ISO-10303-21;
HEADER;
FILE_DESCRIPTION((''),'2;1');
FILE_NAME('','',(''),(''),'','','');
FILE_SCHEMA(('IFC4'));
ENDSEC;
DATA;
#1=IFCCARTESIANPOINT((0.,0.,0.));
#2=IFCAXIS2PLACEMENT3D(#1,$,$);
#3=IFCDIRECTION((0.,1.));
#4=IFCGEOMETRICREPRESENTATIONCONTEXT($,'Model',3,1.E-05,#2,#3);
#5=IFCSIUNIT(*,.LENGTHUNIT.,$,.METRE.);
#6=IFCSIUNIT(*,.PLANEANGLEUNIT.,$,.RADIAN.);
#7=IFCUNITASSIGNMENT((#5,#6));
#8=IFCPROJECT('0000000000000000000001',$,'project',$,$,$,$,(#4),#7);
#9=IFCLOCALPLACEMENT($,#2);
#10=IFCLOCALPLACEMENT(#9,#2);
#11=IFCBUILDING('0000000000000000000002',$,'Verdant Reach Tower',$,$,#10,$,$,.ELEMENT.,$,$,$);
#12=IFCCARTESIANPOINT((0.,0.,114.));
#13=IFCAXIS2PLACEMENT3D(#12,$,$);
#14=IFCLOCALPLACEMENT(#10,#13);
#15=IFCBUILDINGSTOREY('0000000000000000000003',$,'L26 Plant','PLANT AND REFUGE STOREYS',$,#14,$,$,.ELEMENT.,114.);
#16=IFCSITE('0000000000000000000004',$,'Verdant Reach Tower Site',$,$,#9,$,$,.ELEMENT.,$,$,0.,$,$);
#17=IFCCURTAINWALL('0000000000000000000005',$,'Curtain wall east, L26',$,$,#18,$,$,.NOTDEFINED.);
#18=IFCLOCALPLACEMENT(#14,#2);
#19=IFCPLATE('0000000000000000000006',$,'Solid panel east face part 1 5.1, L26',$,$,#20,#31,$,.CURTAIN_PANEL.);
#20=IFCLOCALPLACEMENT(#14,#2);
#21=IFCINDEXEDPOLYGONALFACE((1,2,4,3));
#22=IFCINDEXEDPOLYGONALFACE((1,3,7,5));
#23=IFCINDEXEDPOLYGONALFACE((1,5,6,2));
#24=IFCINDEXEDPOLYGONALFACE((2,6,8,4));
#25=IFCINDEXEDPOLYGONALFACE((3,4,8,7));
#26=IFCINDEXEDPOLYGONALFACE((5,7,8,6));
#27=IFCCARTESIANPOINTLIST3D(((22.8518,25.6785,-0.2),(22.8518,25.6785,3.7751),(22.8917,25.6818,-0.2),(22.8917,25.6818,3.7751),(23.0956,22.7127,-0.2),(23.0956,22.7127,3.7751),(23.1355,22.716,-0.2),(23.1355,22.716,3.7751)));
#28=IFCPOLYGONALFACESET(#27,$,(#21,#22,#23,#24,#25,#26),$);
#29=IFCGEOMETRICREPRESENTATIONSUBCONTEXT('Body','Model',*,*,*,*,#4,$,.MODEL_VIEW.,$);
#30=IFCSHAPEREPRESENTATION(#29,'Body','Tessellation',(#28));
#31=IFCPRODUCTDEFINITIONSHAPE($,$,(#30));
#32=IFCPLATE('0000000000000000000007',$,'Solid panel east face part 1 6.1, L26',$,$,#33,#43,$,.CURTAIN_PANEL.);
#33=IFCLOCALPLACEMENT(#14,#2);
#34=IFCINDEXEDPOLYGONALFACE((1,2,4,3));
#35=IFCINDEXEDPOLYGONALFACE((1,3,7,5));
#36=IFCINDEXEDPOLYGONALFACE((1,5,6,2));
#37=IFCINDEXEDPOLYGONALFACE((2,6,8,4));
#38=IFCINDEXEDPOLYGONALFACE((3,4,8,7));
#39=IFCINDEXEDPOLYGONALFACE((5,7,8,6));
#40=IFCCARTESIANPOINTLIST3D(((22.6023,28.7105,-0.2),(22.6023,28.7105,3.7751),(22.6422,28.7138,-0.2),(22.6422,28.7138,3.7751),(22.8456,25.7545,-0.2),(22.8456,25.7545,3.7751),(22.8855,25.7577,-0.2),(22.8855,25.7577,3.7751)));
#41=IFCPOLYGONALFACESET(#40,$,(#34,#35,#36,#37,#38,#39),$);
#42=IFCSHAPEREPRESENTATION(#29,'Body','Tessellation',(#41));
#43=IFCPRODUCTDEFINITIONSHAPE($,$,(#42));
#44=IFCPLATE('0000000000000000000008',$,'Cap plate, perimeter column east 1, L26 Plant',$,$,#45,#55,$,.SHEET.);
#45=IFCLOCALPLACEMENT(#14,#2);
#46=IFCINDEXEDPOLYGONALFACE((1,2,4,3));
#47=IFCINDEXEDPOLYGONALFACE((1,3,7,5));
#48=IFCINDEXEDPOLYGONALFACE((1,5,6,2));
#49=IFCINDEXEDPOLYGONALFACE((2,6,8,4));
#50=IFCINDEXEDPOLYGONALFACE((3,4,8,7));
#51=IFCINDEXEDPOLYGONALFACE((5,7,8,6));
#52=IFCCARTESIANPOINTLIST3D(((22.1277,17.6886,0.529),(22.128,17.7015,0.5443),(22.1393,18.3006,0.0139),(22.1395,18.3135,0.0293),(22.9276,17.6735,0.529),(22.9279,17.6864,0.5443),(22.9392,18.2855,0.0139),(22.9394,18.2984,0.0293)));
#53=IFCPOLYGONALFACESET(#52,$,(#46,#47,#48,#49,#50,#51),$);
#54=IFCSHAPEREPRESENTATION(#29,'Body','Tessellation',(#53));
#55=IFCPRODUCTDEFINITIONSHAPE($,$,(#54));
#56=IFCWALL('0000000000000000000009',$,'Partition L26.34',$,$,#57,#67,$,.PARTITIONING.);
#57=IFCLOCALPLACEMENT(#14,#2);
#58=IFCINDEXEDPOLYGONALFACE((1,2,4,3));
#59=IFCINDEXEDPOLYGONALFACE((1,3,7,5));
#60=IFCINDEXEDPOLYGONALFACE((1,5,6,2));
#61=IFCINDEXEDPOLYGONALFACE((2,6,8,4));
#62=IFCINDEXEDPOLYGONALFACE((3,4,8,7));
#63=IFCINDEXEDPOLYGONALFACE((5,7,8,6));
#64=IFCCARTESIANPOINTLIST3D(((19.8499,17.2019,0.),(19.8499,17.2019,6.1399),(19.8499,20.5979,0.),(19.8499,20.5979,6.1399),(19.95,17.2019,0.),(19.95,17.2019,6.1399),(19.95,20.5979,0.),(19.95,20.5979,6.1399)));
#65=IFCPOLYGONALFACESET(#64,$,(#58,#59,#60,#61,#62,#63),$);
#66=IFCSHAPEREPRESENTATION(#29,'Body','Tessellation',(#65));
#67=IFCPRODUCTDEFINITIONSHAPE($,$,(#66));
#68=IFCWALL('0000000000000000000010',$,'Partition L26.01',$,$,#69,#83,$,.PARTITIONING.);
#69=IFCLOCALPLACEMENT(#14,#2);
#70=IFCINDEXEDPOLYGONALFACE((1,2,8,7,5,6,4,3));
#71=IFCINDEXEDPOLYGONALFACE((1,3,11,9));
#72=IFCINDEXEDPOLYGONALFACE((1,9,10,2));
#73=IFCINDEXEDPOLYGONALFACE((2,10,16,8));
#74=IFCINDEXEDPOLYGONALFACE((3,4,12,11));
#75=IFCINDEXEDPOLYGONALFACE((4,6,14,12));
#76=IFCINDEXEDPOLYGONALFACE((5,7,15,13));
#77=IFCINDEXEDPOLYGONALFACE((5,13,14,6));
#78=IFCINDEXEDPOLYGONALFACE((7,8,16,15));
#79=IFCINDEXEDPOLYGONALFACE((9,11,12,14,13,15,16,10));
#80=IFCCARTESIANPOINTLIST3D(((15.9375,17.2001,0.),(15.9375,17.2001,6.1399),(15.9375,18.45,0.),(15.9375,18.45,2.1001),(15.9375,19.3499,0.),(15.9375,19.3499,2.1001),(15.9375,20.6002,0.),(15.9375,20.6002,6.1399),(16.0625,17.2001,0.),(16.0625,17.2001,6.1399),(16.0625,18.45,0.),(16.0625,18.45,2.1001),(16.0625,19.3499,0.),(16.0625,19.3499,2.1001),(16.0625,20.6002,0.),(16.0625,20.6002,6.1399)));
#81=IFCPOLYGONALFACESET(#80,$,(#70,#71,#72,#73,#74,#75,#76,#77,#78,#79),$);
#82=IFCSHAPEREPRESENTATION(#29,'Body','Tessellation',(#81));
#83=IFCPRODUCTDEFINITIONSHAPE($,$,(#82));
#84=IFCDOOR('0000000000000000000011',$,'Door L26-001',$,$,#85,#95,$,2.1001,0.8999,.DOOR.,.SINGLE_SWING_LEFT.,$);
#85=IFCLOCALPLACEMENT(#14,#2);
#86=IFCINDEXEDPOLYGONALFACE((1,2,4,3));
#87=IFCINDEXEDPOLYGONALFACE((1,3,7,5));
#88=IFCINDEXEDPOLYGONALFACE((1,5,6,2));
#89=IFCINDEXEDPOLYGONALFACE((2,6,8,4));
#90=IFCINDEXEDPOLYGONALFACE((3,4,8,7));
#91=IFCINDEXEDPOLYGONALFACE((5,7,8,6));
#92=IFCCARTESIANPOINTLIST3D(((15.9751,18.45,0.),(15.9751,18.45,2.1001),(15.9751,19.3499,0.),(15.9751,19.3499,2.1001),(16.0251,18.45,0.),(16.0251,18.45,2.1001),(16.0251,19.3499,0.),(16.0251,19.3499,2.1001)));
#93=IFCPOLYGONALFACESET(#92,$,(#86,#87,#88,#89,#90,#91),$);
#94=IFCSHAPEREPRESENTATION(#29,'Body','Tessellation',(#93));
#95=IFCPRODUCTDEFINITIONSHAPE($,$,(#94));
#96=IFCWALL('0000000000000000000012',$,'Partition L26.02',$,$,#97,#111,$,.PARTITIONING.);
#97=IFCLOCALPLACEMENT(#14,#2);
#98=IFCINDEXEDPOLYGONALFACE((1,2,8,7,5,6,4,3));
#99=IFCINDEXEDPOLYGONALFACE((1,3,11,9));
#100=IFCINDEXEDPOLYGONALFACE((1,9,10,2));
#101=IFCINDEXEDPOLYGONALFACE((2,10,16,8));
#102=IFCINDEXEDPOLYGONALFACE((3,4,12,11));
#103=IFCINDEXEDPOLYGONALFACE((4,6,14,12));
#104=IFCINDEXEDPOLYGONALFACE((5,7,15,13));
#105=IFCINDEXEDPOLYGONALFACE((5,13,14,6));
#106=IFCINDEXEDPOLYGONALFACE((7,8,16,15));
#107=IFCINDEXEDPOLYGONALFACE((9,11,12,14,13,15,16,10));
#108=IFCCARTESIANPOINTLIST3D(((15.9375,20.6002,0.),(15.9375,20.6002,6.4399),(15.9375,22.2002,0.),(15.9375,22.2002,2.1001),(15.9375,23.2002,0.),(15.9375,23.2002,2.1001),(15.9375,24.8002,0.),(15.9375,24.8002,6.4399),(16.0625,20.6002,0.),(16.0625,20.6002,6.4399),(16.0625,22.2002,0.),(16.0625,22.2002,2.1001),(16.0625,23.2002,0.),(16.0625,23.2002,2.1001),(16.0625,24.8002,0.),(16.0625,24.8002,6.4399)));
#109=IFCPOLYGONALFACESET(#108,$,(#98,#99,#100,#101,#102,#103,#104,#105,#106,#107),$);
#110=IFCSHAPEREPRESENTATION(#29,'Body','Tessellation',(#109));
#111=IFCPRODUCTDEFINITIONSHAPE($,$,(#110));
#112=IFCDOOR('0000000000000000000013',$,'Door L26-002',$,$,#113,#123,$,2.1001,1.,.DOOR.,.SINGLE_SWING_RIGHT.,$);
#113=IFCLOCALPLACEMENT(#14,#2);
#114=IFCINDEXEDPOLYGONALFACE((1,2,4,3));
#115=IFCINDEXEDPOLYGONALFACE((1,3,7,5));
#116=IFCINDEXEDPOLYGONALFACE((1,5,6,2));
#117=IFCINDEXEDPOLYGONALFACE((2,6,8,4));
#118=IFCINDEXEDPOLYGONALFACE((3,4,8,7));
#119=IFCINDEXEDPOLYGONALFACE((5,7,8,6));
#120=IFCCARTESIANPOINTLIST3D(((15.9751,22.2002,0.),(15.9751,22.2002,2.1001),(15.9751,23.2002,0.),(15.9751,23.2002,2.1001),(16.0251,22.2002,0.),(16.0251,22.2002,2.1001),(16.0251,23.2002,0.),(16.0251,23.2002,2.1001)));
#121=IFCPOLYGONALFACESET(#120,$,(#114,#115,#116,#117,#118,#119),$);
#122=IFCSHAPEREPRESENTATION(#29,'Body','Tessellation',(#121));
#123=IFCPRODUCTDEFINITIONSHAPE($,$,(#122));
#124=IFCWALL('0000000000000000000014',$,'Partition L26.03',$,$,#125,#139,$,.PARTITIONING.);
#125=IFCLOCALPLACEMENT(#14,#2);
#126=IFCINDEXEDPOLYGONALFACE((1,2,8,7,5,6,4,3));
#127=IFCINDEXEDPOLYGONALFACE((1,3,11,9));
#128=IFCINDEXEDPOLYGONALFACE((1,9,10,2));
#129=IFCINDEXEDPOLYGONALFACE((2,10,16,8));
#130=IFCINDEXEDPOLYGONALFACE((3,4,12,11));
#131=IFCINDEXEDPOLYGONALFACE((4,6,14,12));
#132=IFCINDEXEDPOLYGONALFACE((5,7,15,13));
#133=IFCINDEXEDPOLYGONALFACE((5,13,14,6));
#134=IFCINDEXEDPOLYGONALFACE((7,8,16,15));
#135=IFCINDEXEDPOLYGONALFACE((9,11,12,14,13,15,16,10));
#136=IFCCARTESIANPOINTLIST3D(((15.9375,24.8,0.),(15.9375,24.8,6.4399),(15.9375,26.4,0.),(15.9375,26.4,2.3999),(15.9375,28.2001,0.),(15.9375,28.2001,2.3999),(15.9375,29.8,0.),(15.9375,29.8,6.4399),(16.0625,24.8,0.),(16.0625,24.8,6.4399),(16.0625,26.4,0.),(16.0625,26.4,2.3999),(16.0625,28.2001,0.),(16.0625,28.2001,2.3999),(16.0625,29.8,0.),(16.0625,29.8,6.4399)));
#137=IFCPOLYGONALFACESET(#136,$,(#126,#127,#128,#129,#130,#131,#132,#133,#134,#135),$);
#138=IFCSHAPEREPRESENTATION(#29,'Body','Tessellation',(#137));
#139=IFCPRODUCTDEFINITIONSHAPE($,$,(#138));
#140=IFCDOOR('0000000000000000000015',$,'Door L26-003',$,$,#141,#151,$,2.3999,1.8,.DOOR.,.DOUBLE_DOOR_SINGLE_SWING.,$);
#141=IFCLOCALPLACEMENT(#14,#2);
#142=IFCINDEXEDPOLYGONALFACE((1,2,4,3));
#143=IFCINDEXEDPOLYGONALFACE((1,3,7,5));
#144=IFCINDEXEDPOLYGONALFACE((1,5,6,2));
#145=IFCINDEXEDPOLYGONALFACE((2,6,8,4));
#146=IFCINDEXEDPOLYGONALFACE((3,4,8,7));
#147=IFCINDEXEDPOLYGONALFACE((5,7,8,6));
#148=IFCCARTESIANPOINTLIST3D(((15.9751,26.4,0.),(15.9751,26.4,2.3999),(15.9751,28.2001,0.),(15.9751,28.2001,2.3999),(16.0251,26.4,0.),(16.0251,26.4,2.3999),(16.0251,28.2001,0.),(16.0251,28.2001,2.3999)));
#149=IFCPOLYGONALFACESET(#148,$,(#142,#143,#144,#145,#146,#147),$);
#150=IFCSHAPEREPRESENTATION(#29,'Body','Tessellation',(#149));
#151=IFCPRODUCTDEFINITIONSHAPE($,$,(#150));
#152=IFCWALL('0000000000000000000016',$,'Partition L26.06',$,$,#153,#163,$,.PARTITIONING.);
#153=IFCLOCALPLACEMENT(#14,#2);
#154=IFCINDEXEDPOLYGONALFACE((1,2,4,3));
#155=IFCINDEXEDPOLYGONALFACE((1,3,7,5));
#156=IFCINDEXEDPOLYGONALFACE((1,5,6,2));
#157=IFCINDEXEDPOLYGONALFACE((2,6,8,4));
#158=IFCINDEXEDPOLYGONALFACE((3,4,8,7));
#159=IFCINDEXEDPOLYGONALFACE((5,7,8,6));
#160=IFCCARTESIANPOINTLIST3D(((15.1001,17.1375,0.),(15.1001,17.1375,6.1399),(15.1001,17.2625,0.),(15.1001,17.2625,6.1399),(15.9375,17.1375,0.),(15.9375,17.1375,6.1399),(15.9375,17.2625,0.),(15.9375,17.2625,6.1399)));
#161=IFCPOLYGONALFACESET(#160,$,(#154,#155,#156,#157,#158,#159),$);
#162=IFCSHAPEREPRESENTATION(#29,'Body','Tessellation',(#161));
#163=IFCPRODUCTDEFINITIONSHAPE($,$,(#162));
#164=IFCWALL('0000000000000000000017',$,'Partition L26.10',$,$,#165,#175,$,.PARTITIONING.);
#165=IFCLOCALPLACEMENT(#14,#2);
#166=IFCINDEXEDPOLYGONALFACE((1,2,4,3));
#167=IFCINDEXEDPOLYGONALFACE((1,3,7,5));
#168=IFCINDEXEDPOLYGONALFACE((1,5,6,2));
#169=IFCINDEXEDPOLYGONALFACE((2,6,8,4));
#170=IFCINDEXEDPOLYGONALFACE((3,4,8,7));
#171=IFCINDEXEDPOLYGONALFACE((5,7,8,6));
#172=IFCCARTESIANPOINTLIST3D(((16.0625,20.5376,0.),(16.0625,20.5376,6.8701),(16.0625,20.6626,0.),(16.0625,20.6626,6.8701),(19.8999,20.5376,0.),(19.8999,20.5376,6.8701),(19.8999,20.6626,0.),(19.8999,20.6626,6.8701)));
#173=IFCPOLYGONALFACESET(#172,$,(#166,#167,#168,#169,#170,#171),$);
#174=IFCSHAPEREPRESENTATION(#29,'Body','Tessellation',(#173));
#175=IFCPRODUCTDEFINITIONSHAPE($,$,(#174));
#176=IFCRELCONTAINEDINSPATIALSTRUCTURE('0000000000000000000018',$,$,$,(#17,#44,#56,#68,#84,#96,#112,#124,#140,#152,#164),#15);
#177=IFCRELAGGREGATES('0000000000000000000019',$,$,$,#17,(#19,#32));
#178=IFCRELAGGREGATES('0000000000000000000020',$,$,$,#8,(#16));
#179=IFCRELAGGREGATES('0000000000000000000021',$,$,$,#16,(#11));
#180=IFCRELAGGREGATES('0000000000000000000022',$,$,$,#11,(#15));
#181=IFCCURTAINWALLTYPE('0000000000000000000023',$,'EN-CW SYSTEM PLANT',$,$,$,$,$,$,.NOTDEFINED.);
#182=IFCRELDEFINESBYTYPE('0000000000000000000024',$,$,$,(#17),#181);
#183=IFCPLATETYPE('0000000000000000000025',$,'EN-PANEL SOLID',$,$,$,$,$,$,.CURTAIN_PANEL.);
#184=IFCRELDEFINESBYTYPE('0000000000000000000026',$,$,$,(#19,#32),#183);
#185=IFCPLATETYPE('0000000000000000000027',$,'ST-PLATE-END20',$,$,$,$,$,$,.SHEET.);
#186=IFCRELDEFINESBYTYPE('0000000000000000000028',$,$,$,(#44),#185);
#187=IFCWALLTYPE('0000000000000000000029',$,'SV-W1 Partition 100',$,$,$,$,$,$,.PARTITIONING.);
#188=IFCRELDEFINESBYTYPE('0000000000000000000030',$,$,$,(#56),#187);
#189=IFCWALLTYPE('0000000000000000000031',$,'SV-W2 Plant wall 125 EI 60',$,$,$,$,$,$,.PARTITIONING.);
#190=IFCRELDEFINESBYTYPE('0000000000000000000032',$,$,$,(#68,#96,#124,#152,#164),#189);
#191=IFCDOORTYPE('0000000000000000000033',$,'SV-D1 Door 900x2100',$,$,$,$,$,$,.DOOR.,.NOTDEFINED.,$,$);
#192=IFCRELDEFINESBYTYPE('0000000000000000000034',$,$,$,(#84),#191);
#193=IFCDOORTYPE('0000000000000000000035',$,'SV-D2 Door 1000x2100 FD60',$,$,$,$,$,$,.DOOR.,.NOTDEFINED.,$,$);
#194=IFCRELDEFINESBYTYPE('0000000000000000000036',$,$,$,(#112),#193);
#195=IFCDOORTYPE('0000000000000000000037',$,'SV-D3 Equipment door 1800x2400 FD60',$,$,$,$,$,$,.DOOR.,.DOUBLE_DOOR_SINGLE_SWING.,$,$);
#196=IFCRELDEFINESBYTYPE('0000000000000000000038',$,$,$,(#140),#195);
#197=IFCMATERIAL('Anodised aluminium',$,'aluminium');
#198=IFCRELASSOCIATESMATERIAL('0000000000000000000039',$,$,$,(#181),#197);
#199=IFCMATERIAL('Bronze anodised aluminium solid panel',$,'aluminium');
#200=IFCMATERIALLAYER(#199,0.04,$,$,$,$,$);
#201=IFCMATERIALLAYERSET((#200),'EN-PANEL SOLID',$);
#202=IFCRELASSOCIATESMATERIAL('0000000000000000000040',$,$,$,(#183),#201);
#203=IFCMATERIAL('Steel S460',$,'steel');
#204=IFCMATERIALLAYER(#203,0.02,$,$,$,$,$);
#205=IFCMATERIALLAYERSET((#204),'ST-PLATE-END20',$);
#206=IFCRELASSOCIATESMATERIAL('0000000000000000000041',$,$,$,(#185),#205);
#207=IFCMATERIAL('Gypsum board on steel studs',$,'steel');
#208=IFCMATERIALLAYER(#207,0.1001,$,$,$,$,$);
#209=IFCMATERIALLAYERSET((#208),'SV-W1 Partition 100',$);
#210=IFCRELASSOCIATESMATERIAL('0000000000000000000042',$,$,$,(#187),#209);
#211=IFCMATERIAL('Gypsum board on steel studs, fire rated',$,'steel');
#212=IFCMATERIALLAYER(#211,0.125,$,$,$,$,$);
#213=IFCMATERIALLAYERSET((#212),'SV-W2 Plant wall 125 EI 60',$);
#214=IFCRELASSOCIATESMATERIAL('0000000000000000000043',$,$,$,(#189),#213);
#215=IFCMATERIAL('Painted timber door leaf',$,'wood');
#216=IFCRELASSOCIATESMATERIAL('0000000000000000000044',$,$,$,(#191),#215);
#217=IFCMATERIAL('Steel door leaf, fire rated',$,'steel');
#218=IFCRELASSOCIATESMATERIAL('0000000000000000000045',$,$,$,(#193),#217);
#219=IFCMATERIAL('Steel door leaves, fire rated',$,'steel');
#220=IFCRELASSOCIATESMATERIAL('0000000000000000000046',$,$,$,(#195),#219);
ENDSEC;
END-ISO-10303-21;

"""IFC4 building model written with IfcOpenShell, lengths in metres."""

from ifc_helpers import new_model, si_unit, direction, frame, frame_2d, origin, origin_2d, place, context, subcontext, project, spatial, rectangle, extrude, material, layer, layer_set, type_object, element, fill, aggregate, save


model = new_model("IFC4")

# Units and contexts
model_context = context("Model", 3, precision=1e-05, world=origin(), true_north=direction((0.0, 1.0)))
body_context = subcontext(model_context, "Body", "Model", "MODEL_VIEW")
ifc_project = project(units=[si_unit("LENGTHUNIT", "METRE"), si_unit("PLANEANGLEUNIT", "RADIAN")], contexts=[model_context])

# Site, building, storey
site_placement = place(None, origin())
site = spatial("IfcSite", under=ifc_project, at=site_placement, Name="Verdant Reach Tower Site", CompositionType="ELEMENT", RefElevation=0.0)
building_placement = place(site_placement, origin())
building = spatial("IfcBuilding", under=site, at=building_placement, Name="Verdant Reach Tower", CompositionType="ELEMENT")
storey_placement = place(building_placement, frame((0.0, 0.0, 114.0)))
storey = spatial("IfcBuildingStorey", under=building, at=storey_placement, Name="L26 Plant", Description="PLANT AND REFUGE STOREYS", CompositionType="ELEMENT", Elevation=114.0)

# Shared definitions
ifc_material_1 = material(Name="Steel S460", Category="steel")

# Curtain wall
ifc_material_2 = material(Name="Anodised aluminium", Category="aluminium")
curtain_wall_type = type_object("IfcCurtainWallType", Name="EN-CW SYSTEM PLANT", PredefinedType="NOTDEFINED", material=ifc_material_2)
curtain_wall_placement = place(storey_placement, origin())
curtain_wall = element("IfcCurtainWall", 1, at=curtain_wall_placement, inside=storey, type_object=curtain_wall_type, Name="Curtain wall east, L26", PredefinedType="NOTDEFINED")

# Plates
ifc_material_3 = material(Name="Bronze anodised aluminium solid panel", Category="aluminium")
ifc_layer_1 = layer(ifc_material_3, 0.04)
ifc_layer_set_1 = layer_set([ifc_layer_1], Name="EN-PANEL SOLID")
plate_type_1 = type_object("IfcPlateType", Name="EN-PANEL SOLID", PredefinedType="CURTAIN_PANEL", material=ifc_layer_set_1)
plate_1_placement = place(storey_placement, frame((22.9937, 24.1973, -0.2), z_axis=(0.0, 0.0, 1.0), x_axis=(-0.081916, 0.996639, 0.0)))
plate_1 = element("IfcPlate", 2, at=plate_1_placement, type_object=plate_type_1, Name="Solid panel east face part 1 5.1, L26", PredefinedType="CURTAIN_PANEL", context=body_context, shape_type="SweptSolid", body=[
    extrude(rectangle(XDim=2.9758, YDim=0.04, at=origin_2d()), origin(), (0.0, 0.0, 1.0), 3.9751),
])
plate_2_placement = place(storey_placement, frame((22.7439, 27.2341, -0.2), z_axis=(0.0, 0.0, 1.0), x_axis=(-0.082047, 0.996628, 0.0)))
plate_2 = element("IfcPlate", 3, at=plate_2_placement, type_object=plate_type_1, Name="Solid panel east face part 1 6.1, L26", PredefinedType="CURTAIN_PANEL", context=body_context, shape_type="SweptSolid", body=[
    extrude(rectangle(XDim=2.9661, YDim=0.04, at=origin_2d()), origin(), (0.0, 0.0, 1.0), 3.9751),
])
ifc_layer_2 = layer(ifc_material_1, 0.02)
ifc_layer_set_2 = layer_set([ifc_layer_2], Name="ST-PLATE-END20")
plate_type_2 = type_object("IfcPlateType", Name="ST-PLATE-END20", PredefinedType="SHEET", material=ifc_layer_set_2)
plate_3_placement = place(storey_placement, frame((22.5334, 17.9871, 0.2715), z_axis=(0.012146, 0.643714, 0.76517), x_axis=(-0.999822, 0.018865, 0.0)))
element("IfcPlate", 4, at=plate_3_placement, inside=storey, type_object=plate_type_2, Name="Cap plate, perimeter column east 1, L26 Plant", PredefinedType="SHEET", context=body_context, shape_type="SweptSolid", body=[
    extrude(rectangle(XDim=0.8, YDim=0.8, at=origin_2d()), origin(), (0.0, 0.0, 1.0), 0.02),
])

# Wall
ifc_material_4 = material(Name="Gypsum board on steel studs", Category="steel")
ifc_layer_3 = layer(ifc_material_4, 0.1001)
ifc_layer_set_3 = layer_set([ifc_layer_3], Name="SV-W1 Partition 100")
wall_type_1 = type_object("IfcWallType", Name="SV-W1 Partition 100", PredefinedType="PARTITIONING", material=ifc_layer_set_3)
wall_1_placement = place(storey_placement, frame((19.8999, 20.5979, 0.0), z_axis=(0.0, 0.0, 1.0), x_axis=(0.0, -1.0, 0.0)))
element("IfcWall", 5, at=wall_1_placement, inside=storey, type_object=wall_type_1, Name="Partition L26.34", PredefinedType="PARTITIONING", context=body_context, shape_type="SweptSolid", body=[
    extrude(rectangle(XDim=3.396, YDim=0.1001, at=frame_2d((1.698, 0.0))), origin(), (0.0, 0.0, 1.0), 6.1399),
])

# Walls, openings, doors
ifc_material_5 = material(Name="Gypsum board on steel studs, fire rated", Category="steel")
ifc_layer_4 = layer(ifc_material_5, 0.125)
ifc_layer_set_4 = layer_set([ifc_layer_4], Name="SV-W2 Plant wall 125 EI 60")
wall_type_2 = type_object("IfcWallType", Name="SV-W2 Plant wall 125 EI 60", PredefinedType="PARTITIONING", material=ifc_layer_set_4)
wall_2_placement = place(storey_placement, frame((16.0, 17.2, 0.0), z_axis=(0.0, 0.0, 1.0), x_axis=(0.0, 1.0, 0.0)))
wall_2 = element("IfcWall", 6, at=wall_2_placement, inside=storey, type_object=wall_type_2, Name="Partition L26.01", PredefinedType="PARTITIONING", context=body_context, shape_type="SweptSolid", body=[
    extrude(rectangle(XDim=3.4001, YDim=0.125, at=frame_2d((1.7002, 0.0))), origin(), (0.0, 0.0, 1.0), 6.1399),
])
opening_1_placement = place(wall_2_placement, frame((1.25, 0.0, 0.0)))
opening_1 = element("IfcOpeningElement", 7, at=opening_1_placement, cuts=wall_2, PredefinedType="OPENING", context=body_context, shape_type="SweptSolid", body=[
    extrude(rectangle(XDim=0.8999, YDim=2.1001, at=frame_2d((0.45, 1.05))), frame((0.0, 0.0725, 0.0), z_axis=(0.0, -1.0, 0.0), x_axis=(1.0, 0.0, 0.0)), (0.0, 0.0, 1.0), 0.145),
])
ifc_material_6 = material(Name="Painted timber door leaf", Category="wood")
door_type_1 = type_object("IfcDoorType", Name="SV-D1 Door 900x2100", OperationType="NOTDEFINED", PredefinedType="DOOR", material=ifc_material_6)
door_1_placement = place(opening_1_placement, origin())
door_1 = element("IfcDoor", 8, at=door_1_placement, inside=storey, type_object=door_type_1, Name="Door L26-001", OperationType="SINGLE_SWING_LEFT", OverallHeight=2.1001, OverallWidth=0.8999, PredefinedType="DOOR", context=body_context, shape_type="SweptSolid", body=[
    extrude(rectangle(XDim=0.8999, YDim=2.1001, at=frame_2d((0.45, 1.05))), frame((0.0, 0.0249, 0.0), z_axis=(0.0, -1.0, 0.0), x_axis=(1.0, 0.0, 0.0)), (0.0, 0.0, 1.0), 0.05),
])
fill(opening_1, door_1)
wall_3_placement = place(storey_placement, frame((16.0, 20.6001, 0.0), z_axis=(0.0, 0.0, 1.0), x_axis=(0.0, 1.0, 0.0)))
wall_3 = element("IfcWall", 9, at=wall_3_placement, inside=storey, type_object=wall_type_2, Name="Partition L26.02", PredefinedType="PARTITIONING", context=body_context, shape_type="SweptSolid", body=[
    extrude(rectangle(XDim=4.2, YDim=0.125, at=frame_2d((2.1001, 0.0))), origin(), (0.0, 0.0, 1.0), 6.4399),
])
opening_2_placement = place(wall_3_placement, frame((1.6001, 0.0, 0.0)))
opening_2 = element("IfcOpeningElement", 10, at=opening_2_placement, cuts=wall_3, PredefinedType="OPENING", context=body_context, shape_type="SweptSolid", body=[
    extrude(rectangle(XDim=1.0, YDim=2.1001, at=frame_2d((0.5, 1.05))), frame((0.0, 0.0725, 0.0), z_axis=(0.0, -1.0, 0.0), x_axis=(1.0, 0.0, 0.0)), (0.0, 0.0, 1.0), 0.145),
])
ifc_material_7 = material(Name="Steel door leaf, fire rated", Category="steel")
door_type_2 = type_object("IfcDoorType", Name="SV-D2 Door 1000x2100 FD60", OperationType="NOTDEFINED", PredefinedType="DOOR", material=ifc_material_7)
door_2_placement = place(opening_2_placement, origin())
door_2 = element("IfcDoor", 11, at=door_2_placement, inside=storey, type_object=door_type_2, Name="Door L26-002", OperationType="SINGLE_SWING_RIGHT", OverallHeight=2.1001, OverallWidth=1.0, PredefinedType="DOOR", context=body_context, shape_type="SweptSolid", body=[
    extrude(rectangle(XDim=1.0, YDim=2.1001, at=frame_2d((0.5, 1.05))), frame((0.0, 0.0249, 0.0), z_axis=(0.0, -1.0, 0.0), x_axis=(1.0, 0.0, 0.0)), (0.0, 0.0, 1.0), 0.05),
])
fill(opening_2, door_2)
wall_4_placement = place(storey_placement, frame((16.0, 24.8, 0.0), z_axis=(0.0, 0.0, 1.0), x_axis=(0.0, 1.0, 0.0)))
wall_4 = element("IfcWall", 12, at=wall_4_placement, inside=storey, type_object=wall_type_2, Name="Partition L26.03", PredefinedType="PARTITIONING", context=body_context, shape_type="SweptSolid", body=[
    extrude(rectangle(XDim=5.0, YDim=0.125, at=frame_2d((2.5, 0.0))), origin(), (0.0, 0.0, 1.0), 6.4399),
])
opening_3_placement = place(wall_4_placement, frame((1.6001, 0.0, 0.0)))
opening_3 = element("IfcOpeningElement", 13, at=opening_3_placement, cuts=wall_4, PredefinedType="OPENING", context=body_context, shape_type="SweptSolid", body=[
    extrude(rectangle(XDim=1.8, YDim=2.3999, at=frame_2d((0.8999, 1.2))), frame((0.0, 0.0725, 0.0), z_axis=(0.0, -1.0, 0.0), x_axis=(1.0, 0.0, 0.0)), (0.0, 0.0, 1.0), 0.145),
])
ifc_material_8 = material(Name="Steel door leaves, fire rated", Category="steel")
door_type_3 = type_object("IfcDoorType", Name="SV-D3 Equipment door 1800x2400 FD60", OperationType="DOUBLE_DOOR_SINGLE_SWING", PredefinedType="DOOR", material=ifc_material_8)
door_3_placement = place(opening_3_placement, origin())
door_3 = element("IfcDoor", 14, at=door_3_placement, inside=storey, type_object=door_type_3, Name="Door L26-003", OperationType="DOUBLE_DOOR_SINGLE_SWING", OverallHeight=2.3999, OverallWidth=1.8, PredefinedType="DOOR", context=body_context, shape_type="SweptSolid", body=[
    extrude(rectangle(XDim=1.8, YDim=2.3999, at=frame_2d((0.8999, 1.2))), frame((0.0, 0.0249, 0.0), z_axis=(0.0, -1.0, 0.0), x_axis=(1.0, 0.0, 0.0)), (0.0, 0.0, 1.0), 0.05),
])
fill(opening_3, door_3)

# Walls
wall_5_placement = place(storey_placement, frame((15.9375, 17.2, 0.0), z_axis=(0.0, 0.0, 1.0), x_axis=(-1.0, 0.0, 0.0)))
element("IfcWall", 15, at=wall_5_placement, inside=storey, type_object=wall_type_2, Name="Partition L26.06", PredefinedType="PARTITIONING", context=body_context, shape_type="SweptSolid", body=[
    extrude(rectangle(XDim=0.8374, YDim=0.125, at=frame_2d((0.4187, 0.0))), origin(), (0.0, 0.0, 1.0), 6.1399),
])
wall_6_placement = place(storey_placement, frame((16.0625, 20.6001, 0.0), z_axis=(0.0, 0.0, 1.0), x_axis=(1.0, 0.0, 0.0)))
element("IfcWall", 16, at=wall_6_placement, inside=storey, type_object=wall_type_2, Name="Partition L26.10", PredefinedType="PARTITIONING", context=body_context, shape_type="SweptSolid", body=[
    extrude(rectangle(XDim=3.8374, YDim=0.125, at=frame_2d((1.9187, 0.0))), origin(), (0.0, 0.0, 1.0), 6.8701),
])

aggregate(curtain_wall, [plate_1, plate_2])

save(model, "model.ifc")
